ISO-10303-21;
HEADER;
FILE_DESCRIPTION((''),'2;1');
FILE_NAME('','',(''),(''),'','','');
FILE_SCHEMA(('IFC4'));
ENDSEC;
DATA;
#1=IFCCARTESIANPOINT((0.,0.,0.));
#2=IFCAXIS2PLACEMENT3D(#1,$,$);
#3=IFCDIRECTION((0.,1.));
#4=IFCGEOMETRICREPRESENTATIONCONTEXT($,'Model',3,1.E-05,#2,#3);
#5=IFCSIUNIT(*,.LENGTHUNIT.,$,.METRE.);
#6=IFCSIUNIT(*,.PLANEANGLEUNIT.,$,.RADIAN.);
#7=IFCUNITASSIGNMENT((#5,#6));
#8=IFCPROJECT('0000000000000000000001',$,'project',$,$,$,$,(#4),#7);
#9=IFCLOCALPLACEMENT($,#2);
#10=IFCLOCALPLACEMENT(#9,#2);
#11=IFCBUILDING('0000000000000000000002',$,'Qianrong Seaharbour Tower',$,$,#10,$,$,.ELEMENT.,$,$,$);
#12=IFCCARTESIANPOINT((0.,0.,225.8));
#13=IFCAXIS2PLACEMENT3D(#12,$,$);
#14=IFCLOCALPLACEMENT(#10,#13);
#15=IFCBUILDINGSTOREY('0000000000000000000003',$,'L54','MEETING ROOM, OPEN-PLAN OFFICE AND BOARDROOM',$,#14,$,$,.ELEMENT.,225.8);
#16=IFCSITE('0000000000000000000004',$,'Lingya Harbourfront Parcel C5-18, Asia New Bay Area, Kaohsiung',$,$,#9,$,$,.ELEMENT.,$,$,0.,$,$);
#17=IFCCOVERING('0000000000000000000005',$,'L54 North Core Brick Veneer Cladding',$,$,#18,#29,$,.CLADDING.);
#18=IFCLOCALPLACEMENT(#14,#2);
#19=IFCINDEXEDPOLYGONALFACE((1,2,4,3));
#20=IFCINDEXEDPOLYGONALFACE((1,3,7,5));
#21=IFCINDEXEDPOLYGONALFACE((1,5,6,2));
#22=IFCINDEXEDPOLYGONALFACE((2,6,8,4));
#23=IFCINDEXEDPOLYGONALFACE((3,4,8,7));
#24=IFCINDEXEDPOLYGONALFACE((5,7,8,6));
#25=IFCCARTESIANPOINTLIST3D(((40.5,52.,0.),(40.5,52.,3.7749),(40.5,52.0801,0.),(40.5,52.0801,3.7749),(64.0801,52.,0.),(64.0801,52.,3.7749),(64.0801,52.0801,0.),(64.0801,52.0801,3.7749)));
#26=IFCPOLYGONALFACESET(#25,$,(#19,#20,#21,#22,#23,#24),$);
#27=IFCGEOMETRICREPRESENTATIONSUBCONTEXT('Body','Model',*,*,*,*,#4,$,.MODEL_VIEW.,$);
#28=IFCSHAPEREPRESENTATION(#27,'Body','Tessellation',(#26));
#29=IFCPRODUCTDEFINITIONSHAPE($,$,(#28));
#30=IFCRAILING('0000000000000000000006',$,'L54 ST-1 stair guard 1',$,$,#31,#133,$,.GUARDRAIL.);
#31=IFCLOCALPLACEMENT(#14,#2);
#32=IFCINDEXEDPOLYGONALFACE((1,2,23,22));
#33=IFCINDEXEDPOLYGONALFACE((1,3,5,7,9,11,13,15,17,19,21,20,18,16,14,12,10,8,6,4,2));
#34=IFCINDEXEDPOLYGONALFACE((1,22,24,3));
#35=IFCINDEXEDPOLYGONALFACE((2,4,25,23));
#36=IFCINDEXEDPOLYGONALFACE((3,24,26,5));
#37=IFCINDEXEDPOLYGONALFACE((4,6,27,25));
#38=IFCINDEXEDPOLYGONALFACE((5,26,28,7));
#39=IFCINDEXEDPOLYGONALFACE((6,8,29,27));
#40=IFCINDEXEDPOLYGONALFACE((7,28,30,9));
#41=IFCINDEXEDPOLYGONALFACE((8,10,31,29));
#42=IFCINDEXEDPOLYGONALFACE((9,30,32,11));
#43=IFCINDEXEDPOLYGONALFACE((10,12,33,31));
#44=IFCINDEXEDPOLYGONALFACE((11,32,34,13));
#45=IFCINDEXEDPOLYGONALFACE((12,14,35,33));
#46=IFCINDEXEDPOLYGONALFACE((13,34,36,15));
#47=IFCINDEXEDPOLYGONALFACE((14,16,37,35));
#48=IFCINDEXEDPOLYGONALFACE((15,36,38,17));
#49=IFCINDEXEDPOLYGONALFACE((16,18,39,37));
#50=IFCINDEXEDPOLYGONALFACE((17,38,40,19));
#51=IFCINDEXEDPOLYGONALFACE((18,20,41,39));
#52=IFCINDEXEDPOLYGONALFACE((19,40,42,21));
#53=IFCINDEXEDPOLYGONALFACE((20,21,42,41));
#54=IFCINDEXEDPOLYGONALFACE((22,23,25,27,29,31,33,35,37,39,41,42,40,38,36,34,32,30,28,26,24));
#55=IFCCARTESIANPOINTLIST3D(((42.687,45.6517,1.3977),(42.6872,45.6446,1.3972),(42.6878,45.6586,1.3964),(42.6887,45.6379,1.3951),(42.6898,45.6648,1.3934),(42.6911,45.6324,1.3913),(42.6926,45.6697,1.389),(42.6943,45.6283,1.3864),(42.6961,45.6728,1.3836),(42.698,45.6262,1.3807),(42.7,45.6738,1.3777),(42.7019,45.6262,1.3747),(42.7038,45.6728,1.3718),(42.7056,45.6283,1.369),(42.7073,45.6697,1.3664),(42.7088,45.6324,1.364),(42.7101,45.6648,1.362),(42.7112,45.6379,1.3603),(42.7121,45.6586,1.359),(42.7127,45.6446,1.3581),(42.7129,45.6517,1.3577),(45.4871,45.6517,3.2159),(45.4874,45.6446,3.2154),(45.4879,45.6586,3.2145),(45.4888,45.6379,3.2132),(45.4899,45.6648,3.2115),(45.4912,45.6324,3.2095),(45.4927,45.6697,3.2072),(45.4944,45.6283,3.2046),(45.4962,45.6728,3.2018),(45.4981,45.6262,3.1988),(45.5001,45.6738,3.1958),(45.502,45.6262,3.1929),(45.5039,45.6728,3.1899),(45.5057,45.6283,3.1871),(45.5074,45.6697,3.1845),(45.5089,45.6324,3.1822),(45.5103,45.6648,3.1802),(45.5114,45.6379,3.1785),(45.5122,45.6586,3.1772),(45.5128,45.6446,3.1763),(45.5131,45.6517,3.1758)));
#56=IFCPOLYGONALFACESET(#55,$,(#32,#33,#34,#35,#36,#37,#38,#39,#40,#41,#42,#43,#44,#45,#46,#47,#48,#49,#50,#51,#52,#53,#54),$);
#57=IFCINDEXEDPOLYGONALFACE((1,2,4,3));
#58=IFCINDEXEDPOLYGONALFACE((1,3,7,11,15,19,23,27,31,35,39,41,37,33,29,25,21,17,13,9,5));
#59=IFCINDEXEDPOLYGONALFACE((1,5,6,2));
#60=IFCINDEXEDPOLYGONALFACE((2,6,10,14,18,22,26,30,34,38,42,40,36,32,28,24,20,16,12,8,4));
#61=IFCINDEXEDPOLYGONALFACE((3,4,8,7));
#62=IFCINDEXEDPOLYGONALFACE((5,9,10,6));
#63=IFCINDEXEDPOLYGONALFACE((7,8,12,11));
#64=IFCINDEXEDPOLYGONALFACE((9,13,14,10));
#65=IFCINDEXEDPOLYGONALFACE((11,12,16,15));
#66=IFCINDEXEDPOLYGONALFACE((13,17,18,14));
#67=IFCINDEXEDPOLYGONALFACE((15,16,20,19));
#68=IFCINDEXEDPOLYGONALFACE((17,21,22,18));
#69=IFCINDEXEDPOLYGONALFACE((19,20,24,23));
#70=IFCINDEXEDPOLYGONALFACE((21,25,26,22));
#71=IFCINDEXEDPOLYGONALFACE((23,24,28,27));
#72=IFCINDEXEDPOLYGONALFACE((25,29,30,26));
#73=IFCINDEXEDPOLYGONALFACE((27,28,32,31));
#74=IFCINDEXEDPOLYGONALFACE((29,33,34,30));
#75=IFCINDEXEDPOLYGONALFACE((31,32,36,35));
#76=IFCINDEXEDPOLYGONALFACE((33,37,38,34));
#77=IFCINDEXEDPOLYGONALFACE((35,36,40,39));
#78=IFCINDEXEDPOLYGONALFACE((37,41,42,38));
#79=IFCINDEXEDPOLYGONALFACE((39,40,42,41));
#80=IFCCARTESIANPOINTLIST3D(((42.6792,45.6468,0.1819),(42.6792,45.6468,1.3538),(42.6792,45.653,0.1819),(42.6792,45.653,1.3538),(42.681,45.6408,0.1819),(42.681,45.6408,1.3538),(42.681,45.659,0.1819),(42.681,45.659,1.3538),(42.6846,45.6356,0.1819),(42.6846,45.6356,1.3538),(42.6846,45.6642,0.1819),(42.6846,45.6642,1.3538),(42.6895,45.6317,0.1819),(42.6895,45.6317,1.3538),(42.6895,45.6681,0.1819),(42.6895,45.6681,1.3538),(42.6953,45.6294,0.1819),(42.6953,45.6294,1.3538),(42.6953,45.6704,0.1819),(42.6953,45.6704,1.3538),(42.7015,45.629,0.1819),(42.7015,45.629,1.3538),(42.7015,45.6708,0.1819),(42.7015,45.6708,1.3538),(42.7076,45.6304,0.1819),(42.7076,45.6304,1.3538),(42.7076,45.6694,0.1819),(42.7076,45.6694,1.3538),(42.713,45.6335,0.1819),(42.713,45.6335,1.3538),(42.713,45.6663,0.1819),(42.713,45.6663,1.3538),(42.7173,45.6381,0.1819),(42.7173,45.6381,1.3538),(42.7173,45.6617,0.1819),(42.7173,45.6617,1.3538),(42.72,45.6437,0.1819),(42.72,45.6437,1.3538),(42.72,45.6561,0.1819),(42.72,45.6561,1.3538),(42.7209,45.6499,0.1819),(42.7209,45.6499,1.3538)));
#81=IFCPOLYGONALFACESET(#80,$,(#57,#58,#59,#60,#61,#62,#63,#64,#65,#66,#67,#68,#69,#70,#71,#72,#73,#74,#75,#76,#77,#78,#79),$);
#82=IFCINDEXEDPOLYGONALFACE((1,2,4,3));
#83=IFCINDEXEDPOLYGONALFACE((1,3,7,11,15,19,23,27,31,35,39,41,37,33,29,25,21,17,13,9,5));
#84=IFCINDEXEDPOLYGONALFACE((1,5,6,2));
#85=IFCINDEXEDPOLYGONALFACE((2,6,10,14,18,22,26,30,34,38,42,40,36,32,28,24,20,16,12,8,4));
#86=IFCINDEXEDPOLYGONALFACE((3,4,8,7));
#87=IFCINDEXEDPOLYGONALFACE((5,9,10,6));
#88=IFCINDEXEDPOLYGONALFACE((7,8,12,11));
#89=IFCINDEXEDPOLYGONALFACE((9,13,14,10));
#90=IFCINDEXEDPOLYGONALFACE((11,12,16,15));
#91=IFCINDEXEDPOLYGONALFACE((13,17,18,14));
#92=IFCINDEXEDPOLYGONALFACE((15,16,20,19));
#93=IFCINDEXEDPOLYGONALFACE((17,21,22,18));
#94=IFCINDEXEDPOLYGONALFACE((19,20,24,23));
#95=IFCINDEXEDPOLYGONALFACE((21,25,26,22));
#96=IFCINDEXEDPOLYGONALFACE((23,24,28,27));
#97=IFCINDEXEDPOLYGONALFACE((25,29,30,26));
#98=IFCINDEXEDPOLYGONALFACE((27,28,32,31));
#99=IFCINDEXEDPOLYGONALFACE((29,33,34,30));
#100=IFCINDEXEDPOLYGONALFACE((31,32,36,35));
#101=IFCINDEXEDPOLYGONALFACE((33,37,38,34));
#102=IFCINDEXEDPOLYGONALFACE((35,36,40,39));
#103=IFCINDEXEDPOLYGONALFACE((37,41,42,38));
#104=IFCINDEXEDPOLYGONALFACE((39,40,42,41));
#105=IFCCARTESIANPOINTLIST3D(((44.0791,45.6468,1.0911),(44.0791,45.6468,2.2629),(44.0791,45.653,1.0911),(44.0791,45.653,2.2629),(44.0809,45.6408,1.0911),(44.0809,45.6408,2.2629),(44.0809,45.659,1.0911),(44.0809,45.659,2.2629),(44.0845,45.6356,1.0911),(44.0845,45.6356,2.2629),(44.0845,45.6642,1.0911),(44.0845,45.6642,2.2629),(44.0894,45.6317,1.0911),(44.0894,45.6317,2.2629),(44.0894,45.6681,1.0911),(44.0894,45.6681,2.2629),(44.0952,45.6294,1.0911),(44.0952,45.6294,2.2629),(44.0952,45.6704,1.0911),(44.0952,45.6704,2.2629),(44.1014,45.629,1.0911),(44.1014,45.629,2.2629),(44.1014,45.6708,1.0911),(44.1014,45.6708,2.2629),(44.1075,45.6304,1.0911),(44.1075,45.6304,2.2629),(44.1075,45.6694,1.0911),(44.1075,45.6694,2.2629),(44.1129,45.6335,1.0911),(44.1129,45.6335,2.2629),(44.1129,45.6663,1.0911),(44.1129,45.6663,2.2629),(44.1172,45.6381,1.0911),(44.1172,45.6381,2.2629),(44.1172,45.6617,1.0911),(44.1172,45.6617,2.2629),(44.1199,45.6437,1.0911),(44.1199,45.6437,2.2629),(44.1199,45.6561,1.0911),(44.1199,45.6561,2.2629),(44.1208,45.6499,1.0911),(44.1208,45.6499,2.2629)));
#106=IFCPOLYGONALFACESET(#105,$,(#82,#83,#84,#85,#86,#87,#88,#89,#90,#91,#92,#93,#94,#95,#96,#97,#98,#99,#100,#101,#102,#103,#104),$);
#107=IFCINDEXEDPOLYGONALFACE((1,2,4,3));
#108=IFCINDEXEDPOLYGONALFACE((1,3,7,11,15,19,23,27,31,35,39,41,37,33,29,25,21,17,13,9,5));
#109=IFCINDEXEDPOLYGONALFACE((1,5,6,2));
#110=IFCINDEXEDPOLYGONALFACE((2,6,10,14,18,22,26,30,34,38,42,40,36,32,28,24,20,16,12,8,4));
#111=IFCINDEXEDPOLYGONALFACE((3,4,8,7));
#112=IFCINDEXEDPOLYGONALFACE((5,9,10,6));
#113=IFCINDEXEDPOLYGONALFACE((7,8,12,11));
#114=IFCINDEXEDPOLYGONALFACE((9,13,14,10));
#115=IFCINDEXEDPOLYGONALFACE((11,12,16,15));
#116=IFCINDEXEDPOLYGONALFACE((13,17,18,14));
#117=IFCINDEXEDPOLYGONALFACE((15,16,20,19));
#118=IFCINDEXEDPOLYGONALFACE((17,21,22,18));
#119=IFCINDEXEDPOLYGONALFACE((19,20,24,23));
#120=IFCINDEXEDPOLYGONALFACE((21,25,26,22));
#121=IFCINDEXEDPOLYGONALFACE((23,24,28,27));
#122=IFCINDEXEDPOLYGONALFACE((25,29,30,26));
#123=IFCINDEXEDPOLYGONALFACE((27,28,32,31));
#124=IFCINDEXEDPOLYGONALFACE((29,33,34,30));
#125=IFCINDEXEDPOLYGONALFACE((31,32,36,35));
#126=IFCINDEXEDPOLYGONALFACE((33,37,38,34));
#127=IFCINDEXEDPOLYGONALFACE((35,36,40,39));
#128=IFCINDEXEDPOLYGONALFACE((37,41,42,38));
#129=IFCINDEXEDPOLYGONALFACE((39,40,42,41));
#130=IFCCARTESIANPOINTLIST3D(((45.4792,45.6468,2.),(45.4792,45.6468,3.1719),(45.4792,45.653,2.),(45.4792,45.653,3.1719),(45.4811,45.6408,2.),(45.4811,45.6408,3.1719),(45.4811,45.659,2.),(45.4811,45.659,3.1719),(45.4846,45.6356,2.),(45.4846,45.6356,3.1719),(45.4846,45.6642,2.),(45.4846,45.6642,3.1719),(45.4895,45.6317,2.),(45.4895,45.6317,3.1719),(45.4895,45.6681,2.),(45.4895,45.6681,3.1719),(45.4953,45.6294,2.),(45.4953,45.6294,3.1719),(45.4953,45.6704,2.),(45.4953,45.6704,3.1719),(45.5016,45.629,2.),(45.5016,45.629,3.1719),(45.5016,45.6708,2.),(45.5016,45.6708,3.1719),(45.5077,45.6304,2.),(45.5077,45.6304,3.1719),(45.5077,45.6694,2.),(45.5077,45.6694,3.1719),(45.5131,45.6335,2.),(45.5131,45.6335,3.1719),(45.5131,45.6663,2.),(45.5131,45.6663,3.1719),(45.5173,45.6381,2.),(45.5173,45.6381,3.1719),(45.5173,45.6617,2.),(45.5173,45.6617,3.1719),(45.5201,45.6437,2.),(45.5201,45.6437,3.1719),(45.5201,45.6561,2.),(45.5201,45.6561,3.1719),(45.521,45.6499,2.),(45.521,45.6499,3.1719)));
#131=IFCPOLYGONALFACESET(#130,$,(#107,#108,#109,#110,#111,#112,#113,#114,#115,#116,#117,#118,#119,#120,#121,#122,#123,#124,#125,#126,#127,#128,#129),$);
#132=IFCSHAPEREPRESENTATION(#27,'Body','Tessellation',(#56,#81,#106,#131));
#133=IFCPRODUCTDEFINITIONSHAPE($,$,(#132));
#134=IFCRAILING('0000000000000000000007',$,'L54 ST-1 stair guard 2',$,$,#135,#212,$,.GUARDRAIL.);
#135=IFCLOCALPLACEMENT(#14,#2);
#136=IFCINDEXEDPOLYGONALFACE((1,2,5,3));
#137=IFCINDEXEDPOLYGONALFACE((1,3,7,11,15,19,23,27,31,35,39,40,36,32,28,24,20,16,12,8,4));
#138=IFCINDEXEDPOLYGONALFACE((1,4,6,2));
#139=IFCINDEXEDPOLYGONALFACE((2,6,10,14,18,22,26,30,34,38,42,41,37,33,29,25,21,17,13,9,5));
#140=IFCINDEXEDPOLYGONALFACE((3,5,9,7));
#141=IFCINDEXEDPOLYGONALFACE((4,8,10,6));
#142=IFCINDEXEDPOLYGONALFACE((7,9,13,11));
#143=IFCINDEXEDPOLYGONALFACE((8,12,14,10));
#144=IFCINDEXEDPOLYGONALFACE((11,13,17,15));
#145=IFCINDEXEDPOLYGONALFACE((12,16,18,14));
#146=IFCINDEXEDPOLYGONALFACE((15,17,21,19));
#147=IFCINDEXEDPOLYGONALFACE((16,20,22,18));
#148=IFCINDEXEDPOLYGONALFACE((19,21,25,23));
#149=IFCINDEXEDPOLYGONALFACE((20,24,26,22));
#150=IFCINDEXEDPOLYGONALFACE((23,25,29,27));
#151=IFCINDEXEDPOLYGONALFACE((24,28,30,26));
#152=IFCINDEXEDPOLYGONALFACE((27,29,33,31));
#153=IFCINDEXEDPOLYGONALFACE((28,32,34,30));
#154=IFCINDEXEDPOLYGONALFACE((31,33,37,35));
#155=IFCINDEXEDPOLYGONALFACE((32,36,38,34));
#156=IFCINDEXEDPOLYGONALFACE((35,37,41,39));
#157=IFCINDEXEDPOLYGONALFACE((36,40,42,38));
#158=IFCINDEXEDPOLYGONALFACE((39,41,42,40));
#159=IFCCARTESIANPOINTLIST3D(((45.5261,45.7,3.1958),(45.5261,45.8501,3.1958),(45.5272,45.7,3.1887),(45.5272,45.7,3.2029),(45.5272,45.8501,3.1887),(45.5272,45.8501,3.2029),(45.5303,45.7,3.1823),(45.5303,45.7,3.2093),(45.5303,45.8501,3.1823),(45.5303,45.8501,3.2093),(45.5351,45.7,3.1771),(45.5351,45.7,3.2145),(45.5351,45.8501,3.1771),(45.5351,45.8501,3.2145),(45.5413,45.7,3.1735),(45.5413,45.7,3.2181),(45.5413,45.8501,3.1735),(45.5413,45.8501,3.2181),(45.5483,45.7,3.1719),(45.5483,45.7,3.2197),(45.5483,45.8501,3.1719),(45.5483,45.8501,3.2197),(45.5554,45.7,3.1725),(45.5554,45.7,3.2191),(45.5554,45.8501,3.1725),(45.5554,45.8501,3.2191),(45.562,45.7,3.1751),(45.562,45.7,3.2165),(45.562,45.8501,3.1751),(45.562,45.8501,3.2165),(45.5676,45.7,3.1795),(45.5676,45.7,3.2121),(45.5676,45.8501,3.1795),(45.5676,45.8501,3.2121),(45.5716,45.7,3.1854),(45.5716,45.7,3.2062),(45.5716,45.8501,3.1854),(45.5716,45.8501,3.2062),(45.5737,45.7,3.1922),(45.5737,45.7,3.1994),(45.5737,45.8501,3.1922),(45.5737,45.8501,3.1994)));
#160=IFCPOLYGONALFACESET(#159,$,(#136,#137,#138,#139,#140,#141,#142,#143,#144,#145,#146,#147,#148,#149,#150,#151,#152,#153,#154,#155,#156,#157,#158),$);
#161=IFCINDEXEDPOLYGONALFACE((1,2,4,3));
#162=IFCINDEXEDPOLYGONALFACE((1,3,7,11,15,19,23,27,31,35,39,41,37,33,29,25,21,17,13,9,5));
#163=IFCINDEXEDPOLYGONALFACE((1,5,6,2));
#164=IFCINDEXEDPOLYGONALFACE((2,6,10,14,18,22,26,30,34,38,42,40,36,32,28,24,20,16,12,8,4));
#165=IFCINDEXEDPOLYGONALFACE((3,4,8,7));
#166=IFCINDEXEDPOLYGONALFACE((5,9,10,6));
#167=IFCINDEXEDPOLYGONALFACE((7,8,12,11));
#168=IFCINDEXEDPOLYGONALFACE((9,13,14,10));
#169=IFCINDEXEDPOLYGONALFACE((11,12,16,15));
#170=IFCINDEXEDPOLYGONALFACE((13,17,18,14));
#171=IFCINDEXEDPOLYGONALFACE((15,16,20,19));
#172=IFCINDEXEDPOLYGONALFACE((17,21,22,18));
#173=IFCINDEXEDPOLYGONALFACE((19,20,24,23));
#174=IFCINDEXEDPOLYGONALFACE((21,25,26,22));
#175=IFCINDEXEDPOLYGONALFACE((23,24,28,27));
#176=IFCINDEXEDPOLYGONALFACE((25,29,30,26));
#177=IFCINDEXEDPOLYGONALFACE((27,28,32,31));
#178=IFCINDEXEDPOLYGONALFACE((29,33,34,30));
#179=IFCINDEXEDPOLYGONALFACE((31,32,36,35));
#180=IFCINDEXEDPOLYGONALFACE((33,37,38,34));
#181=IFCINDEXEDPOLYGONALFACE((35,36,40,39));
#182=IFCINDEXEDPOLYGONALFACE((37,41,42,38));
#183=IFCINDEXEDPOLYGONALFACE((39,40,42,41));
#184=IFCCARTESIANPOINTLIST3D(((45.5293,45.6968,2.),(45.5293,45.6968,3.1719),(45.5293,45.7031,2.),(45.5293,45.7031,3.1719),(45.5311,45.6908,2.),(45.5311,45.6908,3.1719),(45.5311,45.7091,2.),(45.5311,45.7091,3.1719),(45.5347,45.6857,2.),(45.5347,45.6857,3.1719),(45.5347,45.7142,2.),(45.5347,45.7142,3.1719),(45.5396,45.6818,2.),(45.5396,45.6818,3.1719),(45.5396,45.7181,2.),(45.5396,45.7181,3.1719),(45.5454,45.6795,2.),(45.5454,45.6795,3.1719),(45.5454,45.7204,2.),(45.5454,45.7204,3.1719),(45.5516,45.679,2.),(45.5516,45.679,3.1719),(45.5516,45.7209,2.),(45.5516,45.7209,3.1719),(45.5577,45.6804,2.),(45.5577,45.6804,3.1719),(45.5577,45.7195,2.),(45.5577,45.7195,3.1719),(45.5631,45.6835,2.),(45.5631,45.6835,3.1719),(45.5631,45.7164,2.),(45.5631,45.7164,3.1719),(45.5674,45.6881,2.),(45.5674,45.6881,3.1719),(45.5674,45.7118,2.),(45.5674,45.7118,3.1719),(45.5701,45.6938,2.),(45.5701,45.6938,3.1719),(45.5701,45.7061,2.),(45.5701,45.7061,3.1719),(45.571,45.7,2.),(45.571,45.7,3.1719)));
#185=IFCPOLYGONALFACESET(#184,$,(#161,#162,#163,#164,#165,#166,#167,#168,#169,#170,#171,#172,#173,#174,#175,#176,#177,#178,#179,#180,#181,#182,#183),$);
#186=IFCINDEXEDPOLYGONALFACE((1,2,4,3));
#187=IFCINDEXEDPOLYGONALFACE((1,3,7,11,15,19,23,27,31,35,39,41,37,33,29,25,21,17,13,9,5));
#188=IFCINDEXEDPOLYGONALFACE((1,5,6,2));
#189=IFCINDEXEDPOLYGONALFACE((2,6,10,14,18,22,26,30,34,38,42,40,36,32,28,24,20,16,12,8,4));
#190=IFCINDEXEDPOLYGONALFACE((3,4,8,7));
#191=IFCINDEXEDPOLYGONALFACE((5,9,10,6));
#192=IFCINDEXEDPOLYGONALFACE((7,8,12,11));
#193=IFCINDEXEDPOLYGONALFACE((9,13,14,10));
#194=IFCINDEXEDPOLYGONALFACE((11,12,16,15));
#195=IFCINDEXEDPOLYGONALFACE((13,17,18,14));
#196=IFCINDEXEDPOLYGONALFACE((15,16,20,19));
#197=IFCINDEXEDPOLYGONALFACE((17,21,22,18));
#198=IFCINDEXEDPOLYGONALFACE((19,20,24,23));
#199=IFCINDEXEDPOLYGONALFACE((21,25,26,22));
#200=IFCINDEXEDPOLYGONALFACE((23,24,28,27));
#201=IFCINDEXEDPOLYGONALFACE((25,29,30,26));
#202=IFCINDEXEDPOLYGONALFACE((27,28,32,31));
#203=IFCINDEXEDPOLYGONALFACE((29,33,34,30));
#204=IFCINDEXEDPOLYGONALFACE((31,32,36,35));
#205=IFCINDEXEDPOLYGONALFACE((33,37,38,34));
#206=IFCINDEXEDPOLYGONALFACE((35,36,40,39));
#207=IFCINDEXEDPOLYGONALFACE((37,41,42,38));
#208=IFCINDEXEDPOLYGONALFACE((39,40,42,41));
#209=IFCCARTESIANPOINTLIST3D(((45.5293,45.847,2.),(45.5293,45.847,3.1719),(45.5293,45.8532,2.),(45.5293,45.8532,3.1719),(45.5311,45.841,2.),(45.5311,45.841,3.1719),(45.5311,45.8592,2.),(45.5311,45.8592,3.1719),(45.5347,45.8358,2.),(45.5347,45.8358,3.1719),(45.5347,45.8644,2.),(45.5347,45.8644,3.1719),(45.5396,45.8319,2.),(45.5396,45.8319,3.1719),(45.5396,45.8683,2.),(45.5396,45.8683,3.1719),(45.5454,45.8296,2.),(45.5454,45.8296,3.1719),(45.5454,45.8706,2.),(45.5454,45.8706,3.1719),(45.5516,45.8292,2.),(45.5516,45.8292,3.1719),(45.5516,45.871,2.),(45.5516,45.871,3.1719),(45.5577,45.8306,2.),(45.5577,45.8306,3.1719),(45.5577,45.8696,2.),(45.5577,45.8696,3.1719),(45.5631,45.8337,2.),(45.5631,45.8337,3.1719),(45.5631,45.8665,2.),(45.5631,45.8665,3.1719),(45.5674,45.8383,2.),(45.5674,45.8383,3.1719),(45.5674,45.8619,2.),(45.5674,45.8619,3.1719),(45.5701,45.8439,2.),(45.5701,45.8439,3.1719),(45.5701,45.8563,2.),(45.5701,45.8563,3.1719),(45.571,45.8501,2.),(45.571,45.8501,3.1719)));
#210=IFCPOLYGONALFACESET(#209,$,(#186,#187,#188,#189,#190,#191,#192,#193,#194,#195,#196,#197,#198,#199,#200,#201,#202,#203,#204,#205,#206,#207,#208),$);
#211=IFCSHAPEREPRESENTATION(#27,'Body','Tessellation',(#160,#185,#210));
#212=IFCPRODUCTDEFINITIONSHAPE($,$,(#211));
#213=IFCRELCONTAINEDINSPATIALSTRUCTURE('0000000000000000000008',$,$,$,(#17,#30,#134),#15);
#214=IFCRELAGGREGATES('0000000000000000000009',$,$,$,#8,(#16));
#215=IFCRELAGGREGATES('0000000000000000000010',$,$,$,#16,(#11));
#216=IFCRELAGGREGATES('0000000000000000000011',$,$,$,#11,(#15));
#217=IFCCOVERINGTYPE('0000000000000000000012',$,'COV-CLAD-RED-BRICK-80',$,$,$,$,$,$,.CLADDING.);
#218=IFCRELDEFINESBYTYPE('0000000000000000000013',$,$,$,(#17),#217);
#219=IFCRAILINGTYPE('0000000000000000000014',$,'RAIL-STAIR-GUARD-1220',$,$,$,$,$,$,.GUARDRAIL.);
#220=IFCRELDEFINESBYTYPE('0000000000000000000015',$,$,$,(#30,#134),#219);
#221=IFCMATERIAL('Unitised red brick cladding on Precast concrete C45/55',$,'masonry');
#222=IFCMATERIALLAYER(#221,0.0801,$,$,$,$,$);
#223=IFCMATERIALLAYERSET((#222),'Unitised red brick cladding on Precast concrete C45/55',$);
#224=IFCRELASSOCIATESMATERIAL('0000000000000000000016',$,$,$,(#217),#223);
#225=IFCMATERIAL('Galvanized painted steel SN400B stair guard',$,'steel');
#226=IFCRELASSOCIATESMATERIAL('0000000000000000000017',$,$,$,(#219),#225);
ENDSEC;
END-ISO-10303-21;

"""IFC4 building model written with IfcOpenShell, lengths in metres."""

from ifc_helpers import new_model, si_unit, direction, frame, origin, origin_2d, place, context, subcontext, project, spatial, rectangle, circle, extrude, material, layer, layer_set, type_object, element, save


model = new_model("IFC4")

# Units and contexts
model_context = context("Model", 3, precision=1e-05, world=origin(), true_north=direction((0.0, 1.0)))
body_context = subcontext(model_context, "Body", "Model", "MODEL_VIEW")
ifc_project = project(units=[si_unit("LENGTHUNIT", "METRE"), si_unit("PLANEANGLEUNIT", "RADIAN")], contexts=[model_context])

# Site, building, storey
site_placement = place(None, origin())
site = spatial("IfcSite", under=ifc_project, at=site_placement, Name="Lingya Harbourfront Parcel C5-18, Asia New Bay Area, Kaohsiung", CompositionType="ELEMENT", RefElevation=0.0)
building_placement = place(site_placement, origin())
building = spatial("IfcBuilding", under=site, at=building_placement, Name="Qianrong Seaharbour Tower", CompositionType="ELEMENT")
storey_placement = place(building_placement, frame((0.0, 0.0, 225.8)))
storey = spatial("IfcBuildingStorey", under=building, at=storey_placement, Name="L54", Description="MEETING ROOM, OPEN-PLAN OFFICE AND BOARDROOM", CompositionType="ELEMENT", Elevation=225.8)

# Covering
ifc_material_1 = material(Name="Unitised red brick cladding on Precast concrete C45/55", Category="masonry")
ifc_layer_1 = layer(ifc_material_1, 0.0801)
ifc_layer_set_1 = layer_set([ifc_layer_1], Name="Unitised red brick cladding on Precast concrete C45/55")
covering_type = type_object("IfcCoveringType", Name="COV-CLAD-RED-BRICK-80", PredefinedType="CLADDING", material=ifc_layer_set_1)
covering_placement = place(storey_placement, frame((52.29, 52.04, 0.0), z_axis=(0.0, 0.0, 1.0), x_axis=(1.0, 0.0, 0.0)))
element("IfcCovering", 1, at=covering_placement, inside=storey, type_object=covering_type, Name="L54 North Core Brick Veneer Cladding", PredefinedType="CLADDING", context=body_context, shape_type="SweptSolid", body=[
    extrude(rectangle(XDim=23.5801, YDim=0.0801, at=origin_2d()), origin(), (0.0, 0.0, 1.0), 3.7749),
])

# Railings
ifc_material_2 = material(Name="Galvanized painted steel SN400B stair guard", Category="steel")
railing_type_1 = type_object("IfcRailingType", Name="RAIL-STAIR-GUARD-1220", PredefinedType="GUARDRAIL", material=ifc_material_2)
railing_1_placement = place(storey_placement, frame((42.7, 45.6499, 0.1819)))
element("IfcRailing", 2, at=railing_1_placement, inside=storey, type_object=railing_type_1, Name="L54 ST-1 stair guard 1", PredefinedType="GUARDRAIL", context=body_context, shape_type="SweptSolid", body=[
    extrude(circle(Radius=0.0239, at=origin_2d()), frame((0.0, 0.0, 1.1958), z_axis=(0.838706, 0.0, 0.544585), x_axis=(0.0, 1.0, 0.0)), (0.0, 0.0, 1.0), 3.3386),
    extrude(circle(Radius=0.021, at=origin_2d()), origin(), (0.0, 0.0, 1.0), 1.1719),
    extrude(circle(Radius=0.021, at=origin_2d()), frame((1.3999, 0.0, 0.9092)), (0.0, 0.0, 1.0), 1.1719),
    extrude(circle(Radius=0.021, at=origin_2d()), frame((2.8, 0.0, 1.8181)), (0.0, 0.0, 1.0), 1.1719),
])
railing_2_placement = place(storey_placement, frame((45.55, 45.7, 2.0)))
element("IfcRailing", 3, at=railing_2_placement, inside=storey, type_object=railing_type_1, Name="L54 ST-1 stair guard 2", PredefinedType="GUARDRAIL", context=body_context, shape_type="SweptSolid", body=[
    extrude(circle(Radius=0.0239, at=origin_2d()), frame((0.0, 0.0, 1.1958), z_axis=(0.0, 1.0, 0.0), x_axis=(-1.0, 0.0, 0.0)), (0.0, 0.0, 1.0), 0.1501),
    extrude(circle(Radius=0.021, at=origin_2d()), origin(), (0.0, 0.0, 1.0), 1.1719),
    extrude(circle(Radius=0.021, at=origin_2d()), frame((0.0, 0.1501, 0.0)), (0.0, 0.0, 1.0), 1.1719),
])

save(model, "model.ifc")
